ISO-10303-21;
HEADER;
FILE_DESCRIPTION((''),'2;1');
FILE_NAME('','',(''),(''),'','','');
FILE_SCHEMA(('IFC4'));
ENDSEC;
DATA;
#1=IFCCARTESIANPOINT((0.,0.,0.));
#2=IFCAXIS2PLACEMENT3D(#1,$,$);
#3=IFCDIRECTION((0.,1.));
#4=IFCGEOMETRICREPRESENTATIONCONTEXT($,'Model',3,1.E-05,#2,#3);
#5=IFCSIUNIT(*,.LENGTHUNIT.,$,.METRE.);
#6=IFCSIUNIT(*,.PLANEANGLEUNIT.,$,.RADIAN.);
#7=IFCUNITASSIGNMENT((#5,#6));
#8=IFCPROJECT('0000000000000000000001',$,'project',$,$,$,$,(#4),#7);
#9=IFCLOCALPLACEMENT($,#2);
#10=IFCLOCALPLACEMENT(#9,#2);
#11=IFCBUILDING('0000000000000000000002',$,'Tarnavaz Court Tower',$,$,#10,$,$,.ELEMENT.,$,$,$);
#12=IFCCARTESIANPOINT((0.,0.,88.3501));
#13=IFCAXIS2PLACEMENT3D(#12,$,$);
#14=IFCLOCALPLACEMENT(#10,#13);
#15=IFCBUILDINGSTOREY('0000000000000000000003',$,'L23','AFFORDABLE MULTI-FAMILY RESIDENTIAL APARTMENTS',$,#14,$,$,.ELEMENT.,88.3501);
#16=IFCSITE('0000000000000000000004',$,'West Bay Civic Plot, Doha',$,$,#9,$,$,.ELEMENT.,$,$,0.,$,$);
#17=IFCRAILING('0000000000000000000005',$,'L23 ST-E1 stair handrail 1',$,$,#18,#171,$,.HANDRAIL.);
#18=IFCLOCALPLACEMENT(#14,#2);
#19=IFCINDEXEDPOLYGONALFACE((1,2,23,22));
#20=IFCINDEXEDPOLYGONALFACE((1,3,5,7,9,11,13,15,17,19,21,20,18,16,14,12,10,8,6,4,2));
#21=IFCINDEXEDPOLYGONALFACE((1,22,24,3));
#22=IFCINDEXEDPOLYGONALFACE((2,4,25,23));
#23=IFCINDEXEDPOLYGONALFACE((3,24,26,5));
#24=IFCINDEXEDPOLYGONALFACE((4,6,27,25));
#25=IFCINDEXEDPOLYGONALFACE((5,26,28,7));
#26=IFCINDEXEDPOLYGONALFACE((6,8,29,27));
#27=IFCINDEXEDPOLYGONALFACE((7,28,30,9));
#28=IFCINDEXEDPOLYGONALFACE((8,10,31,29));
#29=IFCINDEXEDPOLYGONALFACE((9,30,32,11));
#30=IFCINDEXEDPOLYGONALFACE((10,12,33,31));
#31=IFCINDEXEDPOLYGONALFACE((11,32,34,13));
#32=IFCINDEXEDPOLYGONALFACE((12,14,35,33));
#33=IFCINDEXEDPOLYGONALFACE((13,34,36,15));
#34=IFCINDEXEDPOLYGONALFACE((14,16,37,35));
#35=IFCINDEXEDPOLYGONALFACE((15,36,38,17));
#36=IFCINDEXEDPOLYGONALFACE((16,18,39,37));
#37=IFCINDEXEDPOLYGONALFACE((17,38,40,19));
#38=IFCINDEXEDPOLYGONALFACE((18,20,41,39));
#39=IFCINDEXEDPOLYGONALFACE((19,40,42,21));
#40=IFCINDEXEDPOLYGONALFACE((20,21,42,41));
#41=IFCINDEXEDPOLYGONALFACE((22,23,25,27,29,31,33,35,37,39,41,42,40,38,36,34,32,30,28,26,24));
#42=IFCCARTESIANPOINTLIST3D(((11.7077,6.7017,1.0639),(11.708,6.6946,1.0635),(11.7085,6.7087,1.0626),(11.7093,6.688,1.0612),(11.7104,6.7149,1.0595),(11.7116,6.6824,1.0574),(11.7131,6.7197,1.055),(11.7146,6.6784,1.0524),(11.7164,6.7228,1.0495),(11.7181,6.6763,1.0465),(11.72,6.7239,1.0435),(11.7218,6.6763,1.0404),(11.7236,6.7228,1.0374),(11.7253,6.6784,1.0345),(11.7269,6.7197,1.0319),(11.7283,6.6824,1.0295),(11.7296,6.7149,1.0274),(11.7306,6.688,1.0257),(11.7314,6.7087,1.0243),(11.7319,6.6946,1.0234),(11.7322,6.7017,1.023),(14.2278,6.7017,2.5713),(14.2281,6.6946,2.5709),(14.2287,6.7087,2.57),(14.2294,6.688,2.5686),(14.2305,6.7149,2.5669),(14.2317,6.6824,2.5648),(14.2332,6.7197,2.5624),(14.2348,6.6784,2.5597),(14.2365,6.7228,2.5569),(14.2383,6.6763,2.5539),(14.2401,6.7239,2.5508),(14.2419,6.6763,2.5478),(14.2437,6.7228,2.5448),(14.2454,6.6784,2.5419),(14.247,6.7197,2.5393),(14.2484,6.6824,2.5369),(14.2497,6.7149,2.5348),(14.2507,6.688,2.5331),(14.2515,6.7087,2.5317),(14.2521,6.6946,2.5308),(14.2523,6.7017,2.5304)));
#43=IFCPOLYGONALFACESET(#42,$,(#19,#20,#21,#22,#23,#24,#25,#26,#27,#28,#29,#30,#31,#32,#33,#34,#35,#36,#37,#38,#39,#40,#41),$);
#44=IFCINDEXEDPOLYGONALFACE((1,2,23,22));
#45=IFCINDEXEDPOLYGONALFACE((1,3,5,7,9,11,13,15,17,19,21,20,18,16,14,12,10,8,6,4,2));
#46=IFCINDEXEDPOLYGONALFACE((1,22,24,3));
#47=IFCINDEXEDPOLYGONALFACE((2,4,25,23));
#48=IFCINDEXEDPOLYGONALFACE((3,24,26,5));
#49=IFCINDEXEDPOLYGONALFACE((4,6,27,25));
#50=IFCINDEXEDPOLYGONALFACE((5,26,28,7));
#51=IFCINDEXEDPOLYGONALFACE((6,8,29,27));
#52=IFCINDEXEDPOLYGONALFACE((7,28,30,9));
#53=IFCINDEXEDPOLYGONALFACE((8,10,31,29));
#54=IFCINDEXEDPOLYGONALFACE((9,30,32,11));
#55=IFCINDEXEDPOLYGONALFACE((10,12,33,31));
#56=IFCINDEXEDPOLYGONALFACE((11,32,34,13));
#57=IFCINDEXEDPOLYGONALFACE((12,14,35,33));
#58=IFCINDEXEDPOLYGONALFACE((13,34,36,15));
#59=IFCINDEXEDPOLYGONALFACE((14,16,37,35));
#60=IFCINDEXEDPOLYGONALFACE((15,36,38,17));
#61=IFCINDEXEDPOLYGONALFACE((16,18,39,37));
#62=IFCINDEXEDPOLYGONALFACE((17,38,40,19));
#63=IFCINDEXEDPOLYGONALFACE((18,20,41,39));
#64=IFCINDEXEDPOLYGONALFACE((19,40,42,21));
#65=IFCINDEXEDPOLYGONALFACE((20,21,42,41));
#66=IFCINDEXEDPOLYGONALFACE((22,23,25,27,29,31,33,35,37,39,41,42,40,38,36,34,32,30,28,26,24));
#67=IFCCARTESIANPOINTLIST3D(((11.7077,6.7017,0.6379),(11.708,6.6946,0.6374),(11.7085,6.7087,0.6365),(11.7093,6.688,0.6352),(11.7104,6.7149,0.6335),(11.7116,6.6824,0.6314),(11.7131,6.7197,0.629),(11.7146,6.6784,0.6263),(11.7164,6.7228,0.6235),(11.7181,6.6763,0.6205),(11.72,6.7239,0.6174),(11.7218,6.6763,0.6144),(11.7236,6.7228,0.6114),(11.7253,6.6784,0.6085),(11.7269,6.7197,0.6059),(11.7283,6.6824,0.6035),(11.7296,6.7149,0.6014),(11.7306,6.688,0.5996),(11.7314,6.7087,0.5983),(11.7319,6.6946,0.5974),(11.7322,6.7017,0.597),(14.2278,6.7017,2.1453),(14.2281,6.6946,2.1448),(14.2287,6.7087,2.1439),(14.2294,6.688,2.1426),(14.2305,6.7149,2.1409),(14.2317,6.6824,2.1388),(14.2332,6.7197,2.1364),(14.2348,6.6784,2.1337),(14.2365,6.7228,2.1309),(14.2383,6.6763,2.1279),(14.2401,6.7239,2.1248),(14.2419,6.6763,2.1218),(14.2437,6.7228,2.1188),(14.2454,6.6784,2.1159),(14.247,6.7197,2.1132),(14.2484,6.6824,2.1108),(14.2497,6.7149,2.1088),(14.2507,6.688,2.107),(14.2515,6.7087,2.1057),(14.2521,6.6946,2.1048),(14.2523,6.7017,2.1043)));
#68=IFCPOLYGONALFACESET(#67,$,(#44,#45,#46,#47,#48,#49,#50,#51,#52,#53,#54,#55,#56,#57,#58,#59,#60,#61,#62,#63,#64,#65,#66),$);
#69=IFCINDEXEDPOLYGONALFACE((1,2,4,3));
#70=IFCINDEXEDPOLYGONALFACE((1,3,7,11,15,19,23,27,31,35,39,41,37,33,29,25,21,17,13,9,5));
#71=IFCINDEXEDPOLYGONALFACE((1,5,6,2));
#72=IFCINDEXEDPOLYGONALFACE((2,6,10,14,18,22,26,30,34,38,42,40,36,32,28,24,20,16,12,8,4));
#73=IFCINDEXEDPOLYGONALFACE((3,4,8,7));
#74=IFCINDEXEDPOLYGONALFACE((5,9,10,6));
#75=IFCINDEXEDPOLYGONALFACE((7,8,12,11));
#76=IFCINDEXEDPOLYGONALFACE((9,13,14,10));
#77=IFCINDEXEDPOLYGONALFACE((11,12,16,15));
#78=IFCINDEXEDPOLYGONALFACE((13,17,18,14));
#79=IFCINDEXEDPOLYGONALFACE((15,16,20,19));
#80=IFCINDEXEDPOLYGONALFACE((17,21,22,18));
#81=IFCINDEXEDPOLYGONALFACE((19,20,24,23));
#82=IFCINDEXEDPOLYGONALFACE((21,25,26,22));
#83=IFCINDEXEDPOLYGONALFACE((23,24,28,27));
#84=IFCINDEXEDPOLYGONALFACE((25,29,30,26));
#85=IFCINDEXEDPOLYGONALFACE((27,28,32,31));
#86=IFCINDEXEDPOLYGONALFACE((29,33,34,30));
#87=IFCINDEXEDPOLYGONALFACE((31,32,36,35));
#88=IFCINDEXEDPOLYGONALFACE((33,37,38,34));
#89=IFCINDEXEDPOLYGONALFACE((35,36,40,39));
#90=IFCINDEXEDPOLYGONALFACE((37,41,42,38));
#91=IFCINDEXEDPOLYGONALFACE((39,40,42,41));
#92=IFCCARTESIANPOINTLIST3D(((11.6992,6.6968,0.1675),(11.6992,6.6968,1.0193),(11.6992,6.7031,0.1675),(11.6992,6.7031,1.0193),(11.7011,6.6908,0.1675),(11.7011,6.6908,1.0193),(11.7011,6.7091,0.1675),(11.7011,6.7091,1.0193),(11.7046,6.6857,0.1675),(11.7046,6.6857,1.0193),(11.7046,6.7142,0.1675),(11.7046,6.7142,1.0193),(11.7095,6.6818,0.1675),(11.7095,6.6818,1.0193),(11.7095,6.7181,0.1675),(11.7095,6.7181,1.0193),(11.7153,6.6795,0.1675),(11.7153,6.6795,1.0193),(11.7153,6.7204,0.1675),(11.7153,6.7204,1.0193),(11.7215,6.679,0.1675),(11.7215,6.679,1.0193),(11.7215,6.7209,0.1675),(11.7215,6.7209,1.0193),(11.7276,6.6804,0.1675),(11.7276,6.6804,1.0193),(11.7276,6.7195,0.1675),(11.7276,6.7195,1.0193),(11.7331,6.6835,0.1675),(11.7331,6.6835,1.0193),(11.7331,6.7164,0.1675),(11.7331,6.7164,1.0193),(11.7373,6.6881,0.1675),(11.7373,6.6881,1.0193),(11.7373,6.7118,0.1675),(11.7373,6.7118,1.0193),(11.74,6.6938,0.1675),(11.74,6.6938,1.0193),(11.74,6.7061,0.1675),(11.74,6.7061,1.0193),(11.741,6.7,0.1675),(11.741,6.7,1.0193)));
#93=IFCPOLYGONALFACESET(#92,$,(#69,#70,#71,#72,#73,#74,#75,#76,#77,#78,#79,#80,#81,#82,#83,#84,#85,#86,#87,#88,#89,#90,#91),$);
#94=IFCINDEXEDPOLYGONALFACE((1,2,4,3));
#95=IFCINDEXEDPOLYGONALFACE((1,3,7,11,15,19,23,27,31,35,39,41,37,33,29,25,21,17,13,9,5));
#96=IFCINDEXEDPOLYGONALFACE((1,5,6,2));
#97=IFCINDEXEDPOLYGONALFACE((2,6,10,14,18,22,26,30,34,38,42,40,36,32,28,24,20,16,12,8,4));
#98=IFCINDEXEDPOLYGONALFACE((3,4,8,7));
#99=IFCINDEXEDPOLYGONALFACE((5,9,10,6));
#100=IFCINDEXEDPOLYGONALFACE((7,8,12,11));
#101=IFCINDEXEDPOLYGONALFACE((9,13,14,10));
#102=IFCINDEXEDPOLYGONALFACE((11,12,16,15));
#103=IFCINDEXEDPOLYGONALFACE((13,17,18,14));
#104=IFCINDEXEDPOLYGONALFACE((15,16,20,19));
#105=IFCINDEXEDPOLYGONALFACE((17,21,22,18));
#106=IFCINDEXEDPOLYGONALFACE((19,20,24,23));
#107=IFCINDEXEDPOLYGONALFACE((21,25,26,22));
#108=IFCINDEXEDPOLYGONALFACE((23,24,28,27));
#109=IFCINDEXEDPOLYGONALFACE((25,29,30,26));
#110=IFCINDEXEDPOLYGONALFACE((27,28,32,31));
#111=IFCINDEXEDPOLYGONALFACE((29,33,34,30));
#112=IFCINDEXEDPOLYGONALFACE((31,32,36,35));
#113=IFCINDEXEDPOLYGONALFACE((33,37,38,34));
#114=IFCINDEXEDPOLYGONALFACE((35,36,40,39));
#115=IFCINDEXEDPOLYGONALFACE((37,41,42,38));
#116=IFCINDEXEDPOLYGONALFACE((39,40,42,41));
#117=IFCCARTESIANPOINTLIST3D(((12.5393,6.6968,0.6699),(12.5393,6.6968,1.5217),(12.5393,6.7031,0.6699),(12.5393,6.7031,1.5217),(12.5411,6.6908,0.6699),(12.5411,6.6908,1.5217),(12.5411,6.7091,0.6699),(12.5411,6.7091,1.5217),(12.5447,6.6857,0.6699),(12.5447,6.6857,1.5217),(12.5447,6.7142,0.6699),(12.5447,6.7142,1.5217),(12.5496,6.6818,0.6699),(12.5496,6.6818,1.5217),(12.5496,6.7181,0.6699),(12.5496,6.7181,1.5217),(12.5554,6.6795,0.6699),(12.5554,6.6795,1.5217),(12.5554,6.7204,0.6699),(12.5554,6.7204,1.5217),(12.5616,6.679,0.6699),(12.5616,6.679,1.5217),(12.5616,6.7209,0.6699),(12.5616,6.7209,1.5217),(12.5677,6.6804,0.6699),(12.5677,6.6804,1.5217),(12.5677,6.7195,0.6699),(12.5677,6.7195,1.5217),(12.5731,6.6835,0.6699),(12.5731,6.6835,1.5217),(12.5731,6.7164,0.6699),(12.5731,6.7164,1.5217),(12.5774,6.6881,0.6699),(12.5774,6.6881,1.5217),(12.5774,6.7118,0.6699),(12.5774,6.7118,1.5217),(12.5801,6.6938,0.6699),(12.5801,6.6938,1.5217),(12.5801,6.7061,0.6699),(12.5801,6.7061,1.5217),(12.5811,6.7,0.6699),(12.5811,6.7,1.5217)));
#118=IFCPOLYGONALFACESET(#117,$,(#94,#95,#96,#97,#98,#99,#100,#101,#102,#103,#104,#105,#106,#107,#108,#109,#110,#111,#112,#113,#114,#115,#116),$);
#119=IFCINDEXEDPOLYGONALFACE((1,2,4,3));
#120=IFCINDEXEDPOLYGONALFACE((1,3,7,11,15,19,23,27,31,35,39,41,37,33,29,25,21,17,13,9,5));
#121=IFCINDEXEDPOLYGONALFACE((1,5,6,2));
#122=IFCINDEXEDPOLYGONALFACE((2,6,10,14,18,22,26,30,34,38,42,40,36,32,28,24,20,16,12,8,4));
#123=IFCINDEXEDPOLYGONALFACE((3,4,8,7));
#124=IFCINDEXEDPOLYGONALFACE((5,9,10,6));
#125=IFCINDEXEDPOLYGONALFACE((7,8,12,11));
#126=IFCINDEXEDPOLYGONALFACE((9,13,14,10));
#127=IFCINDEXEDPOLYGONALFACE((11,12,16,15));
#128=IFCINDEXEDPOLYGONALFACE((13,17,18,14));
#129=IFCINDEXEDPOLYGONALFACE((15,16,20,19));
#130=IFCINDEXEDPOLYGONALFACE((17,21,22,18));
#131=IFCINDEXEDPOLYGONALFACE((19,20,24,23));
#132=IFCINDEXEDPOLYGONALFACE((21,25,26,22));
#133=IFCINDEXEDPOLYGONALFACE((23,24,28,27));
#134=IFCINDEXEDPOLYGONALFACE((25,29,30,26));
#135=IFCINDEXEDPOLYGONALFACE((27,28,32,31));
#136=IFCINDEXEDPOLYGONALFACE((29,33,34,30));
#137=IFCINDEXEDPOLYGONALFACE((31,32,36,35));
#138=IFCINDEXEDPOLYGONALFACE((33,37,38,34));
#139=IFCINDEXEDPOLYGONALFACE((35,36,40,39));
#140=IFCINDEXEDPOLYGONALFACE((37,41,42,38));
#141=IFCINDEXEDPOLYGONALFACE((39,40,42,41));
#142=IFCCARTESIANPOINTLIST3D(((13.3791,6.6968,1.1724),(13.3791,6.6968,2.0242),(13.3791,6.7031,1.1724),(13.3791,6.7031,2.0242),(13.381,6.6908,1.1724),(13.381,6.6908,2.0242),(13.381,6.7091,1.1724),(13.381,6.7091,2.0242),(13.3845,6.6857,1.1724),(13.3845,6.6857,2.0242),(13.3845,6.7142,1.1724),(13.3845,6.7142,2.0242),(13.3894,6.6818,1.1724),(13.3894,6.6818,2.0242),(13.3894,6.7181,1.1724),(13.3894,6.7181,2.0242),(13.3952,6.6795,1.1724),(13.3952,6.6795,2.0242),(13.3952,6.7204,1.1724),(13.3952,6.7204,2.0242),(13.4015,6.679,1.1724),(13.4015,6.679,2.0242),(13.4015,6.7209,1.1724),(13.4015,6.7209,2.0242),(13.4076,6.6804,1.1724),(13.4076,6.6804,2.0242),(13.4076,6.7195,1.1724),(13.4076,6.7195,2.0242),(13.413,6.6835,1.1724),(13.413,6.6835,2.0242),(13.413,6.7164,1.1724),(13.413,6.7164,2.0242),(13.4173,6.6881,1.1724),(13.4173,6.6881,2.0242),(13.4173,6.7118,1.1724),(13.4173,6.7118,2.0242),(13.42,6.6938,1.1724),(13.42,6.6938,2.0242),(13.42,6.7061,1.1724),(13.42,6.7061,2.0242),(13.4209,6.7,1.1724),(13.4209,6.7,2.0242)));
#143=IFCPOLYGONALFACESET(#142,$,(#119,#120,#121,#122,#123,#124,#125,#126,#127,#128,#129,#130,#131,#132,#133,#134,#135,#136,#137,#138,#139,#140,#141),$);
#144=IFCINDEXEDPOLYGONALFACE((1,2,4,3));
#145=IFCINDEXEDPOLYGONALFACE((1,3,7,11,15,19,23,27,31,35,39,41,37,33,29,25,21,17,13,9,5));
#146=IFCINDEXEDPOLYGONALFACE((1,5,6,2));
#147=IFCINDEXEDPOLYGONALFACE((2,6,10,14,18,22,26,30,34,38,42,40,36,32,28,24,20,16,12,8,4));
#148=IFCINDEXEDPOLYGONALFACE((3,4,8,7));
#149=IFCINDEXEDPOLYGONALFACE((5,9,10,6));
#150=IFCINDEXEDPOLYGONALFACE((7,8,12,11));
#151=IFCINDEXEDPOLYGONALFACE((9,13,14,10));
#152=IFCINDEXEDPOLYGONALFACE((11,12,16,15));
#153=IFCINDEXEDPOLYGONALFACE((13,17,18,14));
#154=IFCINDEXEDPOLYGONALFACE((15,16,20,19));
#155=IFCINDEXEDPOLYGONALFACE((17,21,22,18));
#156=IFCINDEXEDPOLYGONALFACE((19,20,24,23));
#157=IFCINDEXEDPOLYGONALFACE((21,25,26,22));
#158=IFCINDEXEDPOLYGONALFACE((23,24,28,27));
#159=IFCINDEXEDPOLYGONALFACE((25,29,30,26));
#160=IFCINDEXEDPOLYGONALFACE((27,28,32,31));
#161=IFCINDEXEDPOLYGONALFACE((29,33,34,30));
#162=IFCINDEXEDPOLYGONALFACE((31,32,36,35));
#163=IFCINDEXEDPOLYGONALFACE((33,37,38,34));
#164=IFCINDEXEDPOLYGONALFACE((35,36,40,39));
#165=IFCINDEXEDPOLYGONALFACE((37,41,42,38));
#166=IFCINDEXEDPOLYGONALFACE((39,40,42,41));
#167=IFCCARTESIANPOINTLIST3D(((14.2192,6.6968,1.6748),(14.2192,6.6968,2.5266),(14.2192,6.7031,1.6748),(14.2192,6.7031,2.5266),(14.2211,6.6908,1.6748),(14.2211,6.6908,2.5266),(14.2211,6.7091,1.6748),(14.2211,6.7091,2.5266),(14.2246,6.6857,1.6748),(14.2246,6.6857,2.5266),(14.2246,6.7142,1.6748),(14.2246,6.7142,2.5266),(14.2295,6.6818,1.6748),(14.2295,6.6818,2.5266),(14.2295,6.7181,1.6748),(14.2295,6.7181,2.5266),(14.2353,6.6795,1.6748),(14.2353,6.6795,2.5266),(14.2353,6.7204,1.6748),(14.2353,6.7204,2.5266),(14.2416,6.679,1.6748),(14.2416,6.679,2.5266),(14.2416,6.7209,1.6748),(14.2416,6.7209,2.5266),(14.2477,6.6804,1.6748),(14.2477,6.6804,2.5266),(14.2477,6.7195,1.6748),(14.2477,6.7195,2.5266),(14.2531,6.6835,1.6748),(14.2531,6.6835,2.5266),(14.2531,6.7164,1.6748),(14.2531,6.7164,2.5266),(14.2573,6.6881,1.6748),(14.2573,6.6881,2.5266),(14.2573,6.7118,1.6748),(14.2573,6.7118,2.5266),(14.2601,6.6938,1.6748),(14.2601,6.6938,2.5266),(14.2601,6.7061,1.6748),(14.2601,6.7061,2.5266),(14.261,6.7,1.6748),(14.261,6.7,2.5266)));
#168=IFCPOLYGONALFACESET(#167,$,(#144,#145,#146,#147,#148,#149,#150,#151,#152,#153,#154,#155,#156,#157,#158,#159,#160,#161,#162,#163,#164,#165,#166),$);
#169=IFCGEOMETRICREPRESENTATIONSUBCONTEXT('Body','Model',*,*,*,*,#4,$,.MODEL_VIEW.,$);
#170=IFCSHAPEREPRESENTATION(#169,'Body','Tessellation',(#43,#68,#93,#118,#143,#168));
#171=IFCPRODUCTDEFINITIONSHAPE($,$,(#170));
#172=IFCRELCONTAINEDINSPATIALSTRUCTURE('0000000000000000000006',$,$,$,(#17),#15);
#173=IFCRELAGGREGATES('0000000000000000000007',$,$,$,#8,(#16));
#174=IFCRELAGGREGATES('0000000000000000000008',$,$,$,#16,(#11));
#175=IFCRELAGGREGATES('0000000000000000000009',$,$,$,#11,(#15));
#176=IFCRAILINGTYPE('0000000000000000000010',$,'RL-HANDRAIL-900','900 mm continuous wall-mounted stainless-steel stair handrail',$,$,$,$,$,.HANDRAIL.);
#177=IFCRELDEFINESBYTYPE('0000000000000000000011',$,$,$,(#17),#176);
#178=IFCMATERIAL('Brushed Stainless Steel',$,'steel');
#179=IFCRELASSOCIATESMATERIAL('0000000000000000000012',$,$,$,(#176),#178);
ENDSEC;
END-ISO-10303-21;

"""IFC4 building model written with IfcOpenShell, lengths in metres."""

from ifc_helpers import new_model, si_unit, direction, frame, origin, origin_2d, place, context, subcontext, project, spatial, circle, extrude, material, type_object, element, save


model = new_model("IFC4")

# Units and contexts
model_context = context("Model", 3, precision=1e-05, world=origin(), true_north=direction((0.0, 1.0)))
body_context = subcontext(model_context, "Body", "Model", "MODEL_VIEW")
ifc_project = project(units=[si_unit("LENGTHUNIT", "METRE"), si_unit("PLANEANGLEUNIT", "RADIAN")], contexts=[model_context])

# Site, building, storey
site_placement = place(None, origin())
site = spatial("IfcSite", under=ifc_project, at=site_placement, Name="West Bay Civic Plot, Doha", CompositionType="ELEMENT", RefElevation=0.0)
building_placement = place(site_placement, origin())
building = spatial("IfcBuilding", under=site, at=building_placement, Name="Tarnavaz Court Tower", CompositionType="ELEMENT")
storey_placement = place(building_placement, frame((0.0, 0.0, 88.3501)))
storey = spatial("IfcBuildingStorey", under=building, at=storey_placement, Name="L23", Description="AFFORDABLE MULTI-FAMILY RESIDENTIAL APARTMENTS", CompositionType="ELEMENT", Elevation=88.3501)

# Railing
ifc_material_1 = material(Name="Brushed Stainless Steel", Category="steel")
railing_type_1 = type_object("IfcRailingType", Name="RL-HANDRAIL-900", Description="900 mm continuous wall-mounted stainless-steel stair handrail", PredefinedType="HANDRAIL", material=ifc_material_1)
railing_1_placement = place(storey_placement, frame((11.72, 6.7, 0.1675)))
element("IfcRailing", 1, at=railing_1_placement, inside=storey, type_object=railing_type_1, Name="L23 ST-E1 stair handrail 1", PredefinedType="HANDRAIL", context=body_context, shape_type="SweptSolid", body=[
    extrude(circle(Radius=0.0239, at=origin_2d()), frame((0.0, 0.0, 0.876), z_axis=(0.858196, 0.0, 0.513321), x_axis=(0.0, 1.0, 0.0)), (0.0, 0.0, 1.0), 2.9365),
    extrude(circle(Radius=0.0239, at=origin_2d()), frame((0.0, 0.0, 0.45), z_axis=(0.858196, 0.0, 0.513321), x_axis=(0.0, 1.0, 0.0)), (0.0, 0.0, 1.0), 2.9365),
    extrude(circle(Radius=0.021, at=origin_2d()), origin(), (0.0, 0.0, 1.0), 0.8518),
    extrude(circle(Radius=0.021, at=origin_2d()), frame((0.8401, 0.0, 0.5024)), (0.0, 0.0, 1.0), 0.8518),
    extrude(circle(Radius=0.021, at=origin_2d()), frame((1.6799, 0.0, 1.0049)), (0.0, 0.0, 1.0), 0.8518),
    extrude(circle(Radius=0.021, at=origin_2d()), frame((2.52, 0.0, 1.5073)), (0.0, 0.0, 1.0), 0.8518),
])

save(model, "model.ifc")
